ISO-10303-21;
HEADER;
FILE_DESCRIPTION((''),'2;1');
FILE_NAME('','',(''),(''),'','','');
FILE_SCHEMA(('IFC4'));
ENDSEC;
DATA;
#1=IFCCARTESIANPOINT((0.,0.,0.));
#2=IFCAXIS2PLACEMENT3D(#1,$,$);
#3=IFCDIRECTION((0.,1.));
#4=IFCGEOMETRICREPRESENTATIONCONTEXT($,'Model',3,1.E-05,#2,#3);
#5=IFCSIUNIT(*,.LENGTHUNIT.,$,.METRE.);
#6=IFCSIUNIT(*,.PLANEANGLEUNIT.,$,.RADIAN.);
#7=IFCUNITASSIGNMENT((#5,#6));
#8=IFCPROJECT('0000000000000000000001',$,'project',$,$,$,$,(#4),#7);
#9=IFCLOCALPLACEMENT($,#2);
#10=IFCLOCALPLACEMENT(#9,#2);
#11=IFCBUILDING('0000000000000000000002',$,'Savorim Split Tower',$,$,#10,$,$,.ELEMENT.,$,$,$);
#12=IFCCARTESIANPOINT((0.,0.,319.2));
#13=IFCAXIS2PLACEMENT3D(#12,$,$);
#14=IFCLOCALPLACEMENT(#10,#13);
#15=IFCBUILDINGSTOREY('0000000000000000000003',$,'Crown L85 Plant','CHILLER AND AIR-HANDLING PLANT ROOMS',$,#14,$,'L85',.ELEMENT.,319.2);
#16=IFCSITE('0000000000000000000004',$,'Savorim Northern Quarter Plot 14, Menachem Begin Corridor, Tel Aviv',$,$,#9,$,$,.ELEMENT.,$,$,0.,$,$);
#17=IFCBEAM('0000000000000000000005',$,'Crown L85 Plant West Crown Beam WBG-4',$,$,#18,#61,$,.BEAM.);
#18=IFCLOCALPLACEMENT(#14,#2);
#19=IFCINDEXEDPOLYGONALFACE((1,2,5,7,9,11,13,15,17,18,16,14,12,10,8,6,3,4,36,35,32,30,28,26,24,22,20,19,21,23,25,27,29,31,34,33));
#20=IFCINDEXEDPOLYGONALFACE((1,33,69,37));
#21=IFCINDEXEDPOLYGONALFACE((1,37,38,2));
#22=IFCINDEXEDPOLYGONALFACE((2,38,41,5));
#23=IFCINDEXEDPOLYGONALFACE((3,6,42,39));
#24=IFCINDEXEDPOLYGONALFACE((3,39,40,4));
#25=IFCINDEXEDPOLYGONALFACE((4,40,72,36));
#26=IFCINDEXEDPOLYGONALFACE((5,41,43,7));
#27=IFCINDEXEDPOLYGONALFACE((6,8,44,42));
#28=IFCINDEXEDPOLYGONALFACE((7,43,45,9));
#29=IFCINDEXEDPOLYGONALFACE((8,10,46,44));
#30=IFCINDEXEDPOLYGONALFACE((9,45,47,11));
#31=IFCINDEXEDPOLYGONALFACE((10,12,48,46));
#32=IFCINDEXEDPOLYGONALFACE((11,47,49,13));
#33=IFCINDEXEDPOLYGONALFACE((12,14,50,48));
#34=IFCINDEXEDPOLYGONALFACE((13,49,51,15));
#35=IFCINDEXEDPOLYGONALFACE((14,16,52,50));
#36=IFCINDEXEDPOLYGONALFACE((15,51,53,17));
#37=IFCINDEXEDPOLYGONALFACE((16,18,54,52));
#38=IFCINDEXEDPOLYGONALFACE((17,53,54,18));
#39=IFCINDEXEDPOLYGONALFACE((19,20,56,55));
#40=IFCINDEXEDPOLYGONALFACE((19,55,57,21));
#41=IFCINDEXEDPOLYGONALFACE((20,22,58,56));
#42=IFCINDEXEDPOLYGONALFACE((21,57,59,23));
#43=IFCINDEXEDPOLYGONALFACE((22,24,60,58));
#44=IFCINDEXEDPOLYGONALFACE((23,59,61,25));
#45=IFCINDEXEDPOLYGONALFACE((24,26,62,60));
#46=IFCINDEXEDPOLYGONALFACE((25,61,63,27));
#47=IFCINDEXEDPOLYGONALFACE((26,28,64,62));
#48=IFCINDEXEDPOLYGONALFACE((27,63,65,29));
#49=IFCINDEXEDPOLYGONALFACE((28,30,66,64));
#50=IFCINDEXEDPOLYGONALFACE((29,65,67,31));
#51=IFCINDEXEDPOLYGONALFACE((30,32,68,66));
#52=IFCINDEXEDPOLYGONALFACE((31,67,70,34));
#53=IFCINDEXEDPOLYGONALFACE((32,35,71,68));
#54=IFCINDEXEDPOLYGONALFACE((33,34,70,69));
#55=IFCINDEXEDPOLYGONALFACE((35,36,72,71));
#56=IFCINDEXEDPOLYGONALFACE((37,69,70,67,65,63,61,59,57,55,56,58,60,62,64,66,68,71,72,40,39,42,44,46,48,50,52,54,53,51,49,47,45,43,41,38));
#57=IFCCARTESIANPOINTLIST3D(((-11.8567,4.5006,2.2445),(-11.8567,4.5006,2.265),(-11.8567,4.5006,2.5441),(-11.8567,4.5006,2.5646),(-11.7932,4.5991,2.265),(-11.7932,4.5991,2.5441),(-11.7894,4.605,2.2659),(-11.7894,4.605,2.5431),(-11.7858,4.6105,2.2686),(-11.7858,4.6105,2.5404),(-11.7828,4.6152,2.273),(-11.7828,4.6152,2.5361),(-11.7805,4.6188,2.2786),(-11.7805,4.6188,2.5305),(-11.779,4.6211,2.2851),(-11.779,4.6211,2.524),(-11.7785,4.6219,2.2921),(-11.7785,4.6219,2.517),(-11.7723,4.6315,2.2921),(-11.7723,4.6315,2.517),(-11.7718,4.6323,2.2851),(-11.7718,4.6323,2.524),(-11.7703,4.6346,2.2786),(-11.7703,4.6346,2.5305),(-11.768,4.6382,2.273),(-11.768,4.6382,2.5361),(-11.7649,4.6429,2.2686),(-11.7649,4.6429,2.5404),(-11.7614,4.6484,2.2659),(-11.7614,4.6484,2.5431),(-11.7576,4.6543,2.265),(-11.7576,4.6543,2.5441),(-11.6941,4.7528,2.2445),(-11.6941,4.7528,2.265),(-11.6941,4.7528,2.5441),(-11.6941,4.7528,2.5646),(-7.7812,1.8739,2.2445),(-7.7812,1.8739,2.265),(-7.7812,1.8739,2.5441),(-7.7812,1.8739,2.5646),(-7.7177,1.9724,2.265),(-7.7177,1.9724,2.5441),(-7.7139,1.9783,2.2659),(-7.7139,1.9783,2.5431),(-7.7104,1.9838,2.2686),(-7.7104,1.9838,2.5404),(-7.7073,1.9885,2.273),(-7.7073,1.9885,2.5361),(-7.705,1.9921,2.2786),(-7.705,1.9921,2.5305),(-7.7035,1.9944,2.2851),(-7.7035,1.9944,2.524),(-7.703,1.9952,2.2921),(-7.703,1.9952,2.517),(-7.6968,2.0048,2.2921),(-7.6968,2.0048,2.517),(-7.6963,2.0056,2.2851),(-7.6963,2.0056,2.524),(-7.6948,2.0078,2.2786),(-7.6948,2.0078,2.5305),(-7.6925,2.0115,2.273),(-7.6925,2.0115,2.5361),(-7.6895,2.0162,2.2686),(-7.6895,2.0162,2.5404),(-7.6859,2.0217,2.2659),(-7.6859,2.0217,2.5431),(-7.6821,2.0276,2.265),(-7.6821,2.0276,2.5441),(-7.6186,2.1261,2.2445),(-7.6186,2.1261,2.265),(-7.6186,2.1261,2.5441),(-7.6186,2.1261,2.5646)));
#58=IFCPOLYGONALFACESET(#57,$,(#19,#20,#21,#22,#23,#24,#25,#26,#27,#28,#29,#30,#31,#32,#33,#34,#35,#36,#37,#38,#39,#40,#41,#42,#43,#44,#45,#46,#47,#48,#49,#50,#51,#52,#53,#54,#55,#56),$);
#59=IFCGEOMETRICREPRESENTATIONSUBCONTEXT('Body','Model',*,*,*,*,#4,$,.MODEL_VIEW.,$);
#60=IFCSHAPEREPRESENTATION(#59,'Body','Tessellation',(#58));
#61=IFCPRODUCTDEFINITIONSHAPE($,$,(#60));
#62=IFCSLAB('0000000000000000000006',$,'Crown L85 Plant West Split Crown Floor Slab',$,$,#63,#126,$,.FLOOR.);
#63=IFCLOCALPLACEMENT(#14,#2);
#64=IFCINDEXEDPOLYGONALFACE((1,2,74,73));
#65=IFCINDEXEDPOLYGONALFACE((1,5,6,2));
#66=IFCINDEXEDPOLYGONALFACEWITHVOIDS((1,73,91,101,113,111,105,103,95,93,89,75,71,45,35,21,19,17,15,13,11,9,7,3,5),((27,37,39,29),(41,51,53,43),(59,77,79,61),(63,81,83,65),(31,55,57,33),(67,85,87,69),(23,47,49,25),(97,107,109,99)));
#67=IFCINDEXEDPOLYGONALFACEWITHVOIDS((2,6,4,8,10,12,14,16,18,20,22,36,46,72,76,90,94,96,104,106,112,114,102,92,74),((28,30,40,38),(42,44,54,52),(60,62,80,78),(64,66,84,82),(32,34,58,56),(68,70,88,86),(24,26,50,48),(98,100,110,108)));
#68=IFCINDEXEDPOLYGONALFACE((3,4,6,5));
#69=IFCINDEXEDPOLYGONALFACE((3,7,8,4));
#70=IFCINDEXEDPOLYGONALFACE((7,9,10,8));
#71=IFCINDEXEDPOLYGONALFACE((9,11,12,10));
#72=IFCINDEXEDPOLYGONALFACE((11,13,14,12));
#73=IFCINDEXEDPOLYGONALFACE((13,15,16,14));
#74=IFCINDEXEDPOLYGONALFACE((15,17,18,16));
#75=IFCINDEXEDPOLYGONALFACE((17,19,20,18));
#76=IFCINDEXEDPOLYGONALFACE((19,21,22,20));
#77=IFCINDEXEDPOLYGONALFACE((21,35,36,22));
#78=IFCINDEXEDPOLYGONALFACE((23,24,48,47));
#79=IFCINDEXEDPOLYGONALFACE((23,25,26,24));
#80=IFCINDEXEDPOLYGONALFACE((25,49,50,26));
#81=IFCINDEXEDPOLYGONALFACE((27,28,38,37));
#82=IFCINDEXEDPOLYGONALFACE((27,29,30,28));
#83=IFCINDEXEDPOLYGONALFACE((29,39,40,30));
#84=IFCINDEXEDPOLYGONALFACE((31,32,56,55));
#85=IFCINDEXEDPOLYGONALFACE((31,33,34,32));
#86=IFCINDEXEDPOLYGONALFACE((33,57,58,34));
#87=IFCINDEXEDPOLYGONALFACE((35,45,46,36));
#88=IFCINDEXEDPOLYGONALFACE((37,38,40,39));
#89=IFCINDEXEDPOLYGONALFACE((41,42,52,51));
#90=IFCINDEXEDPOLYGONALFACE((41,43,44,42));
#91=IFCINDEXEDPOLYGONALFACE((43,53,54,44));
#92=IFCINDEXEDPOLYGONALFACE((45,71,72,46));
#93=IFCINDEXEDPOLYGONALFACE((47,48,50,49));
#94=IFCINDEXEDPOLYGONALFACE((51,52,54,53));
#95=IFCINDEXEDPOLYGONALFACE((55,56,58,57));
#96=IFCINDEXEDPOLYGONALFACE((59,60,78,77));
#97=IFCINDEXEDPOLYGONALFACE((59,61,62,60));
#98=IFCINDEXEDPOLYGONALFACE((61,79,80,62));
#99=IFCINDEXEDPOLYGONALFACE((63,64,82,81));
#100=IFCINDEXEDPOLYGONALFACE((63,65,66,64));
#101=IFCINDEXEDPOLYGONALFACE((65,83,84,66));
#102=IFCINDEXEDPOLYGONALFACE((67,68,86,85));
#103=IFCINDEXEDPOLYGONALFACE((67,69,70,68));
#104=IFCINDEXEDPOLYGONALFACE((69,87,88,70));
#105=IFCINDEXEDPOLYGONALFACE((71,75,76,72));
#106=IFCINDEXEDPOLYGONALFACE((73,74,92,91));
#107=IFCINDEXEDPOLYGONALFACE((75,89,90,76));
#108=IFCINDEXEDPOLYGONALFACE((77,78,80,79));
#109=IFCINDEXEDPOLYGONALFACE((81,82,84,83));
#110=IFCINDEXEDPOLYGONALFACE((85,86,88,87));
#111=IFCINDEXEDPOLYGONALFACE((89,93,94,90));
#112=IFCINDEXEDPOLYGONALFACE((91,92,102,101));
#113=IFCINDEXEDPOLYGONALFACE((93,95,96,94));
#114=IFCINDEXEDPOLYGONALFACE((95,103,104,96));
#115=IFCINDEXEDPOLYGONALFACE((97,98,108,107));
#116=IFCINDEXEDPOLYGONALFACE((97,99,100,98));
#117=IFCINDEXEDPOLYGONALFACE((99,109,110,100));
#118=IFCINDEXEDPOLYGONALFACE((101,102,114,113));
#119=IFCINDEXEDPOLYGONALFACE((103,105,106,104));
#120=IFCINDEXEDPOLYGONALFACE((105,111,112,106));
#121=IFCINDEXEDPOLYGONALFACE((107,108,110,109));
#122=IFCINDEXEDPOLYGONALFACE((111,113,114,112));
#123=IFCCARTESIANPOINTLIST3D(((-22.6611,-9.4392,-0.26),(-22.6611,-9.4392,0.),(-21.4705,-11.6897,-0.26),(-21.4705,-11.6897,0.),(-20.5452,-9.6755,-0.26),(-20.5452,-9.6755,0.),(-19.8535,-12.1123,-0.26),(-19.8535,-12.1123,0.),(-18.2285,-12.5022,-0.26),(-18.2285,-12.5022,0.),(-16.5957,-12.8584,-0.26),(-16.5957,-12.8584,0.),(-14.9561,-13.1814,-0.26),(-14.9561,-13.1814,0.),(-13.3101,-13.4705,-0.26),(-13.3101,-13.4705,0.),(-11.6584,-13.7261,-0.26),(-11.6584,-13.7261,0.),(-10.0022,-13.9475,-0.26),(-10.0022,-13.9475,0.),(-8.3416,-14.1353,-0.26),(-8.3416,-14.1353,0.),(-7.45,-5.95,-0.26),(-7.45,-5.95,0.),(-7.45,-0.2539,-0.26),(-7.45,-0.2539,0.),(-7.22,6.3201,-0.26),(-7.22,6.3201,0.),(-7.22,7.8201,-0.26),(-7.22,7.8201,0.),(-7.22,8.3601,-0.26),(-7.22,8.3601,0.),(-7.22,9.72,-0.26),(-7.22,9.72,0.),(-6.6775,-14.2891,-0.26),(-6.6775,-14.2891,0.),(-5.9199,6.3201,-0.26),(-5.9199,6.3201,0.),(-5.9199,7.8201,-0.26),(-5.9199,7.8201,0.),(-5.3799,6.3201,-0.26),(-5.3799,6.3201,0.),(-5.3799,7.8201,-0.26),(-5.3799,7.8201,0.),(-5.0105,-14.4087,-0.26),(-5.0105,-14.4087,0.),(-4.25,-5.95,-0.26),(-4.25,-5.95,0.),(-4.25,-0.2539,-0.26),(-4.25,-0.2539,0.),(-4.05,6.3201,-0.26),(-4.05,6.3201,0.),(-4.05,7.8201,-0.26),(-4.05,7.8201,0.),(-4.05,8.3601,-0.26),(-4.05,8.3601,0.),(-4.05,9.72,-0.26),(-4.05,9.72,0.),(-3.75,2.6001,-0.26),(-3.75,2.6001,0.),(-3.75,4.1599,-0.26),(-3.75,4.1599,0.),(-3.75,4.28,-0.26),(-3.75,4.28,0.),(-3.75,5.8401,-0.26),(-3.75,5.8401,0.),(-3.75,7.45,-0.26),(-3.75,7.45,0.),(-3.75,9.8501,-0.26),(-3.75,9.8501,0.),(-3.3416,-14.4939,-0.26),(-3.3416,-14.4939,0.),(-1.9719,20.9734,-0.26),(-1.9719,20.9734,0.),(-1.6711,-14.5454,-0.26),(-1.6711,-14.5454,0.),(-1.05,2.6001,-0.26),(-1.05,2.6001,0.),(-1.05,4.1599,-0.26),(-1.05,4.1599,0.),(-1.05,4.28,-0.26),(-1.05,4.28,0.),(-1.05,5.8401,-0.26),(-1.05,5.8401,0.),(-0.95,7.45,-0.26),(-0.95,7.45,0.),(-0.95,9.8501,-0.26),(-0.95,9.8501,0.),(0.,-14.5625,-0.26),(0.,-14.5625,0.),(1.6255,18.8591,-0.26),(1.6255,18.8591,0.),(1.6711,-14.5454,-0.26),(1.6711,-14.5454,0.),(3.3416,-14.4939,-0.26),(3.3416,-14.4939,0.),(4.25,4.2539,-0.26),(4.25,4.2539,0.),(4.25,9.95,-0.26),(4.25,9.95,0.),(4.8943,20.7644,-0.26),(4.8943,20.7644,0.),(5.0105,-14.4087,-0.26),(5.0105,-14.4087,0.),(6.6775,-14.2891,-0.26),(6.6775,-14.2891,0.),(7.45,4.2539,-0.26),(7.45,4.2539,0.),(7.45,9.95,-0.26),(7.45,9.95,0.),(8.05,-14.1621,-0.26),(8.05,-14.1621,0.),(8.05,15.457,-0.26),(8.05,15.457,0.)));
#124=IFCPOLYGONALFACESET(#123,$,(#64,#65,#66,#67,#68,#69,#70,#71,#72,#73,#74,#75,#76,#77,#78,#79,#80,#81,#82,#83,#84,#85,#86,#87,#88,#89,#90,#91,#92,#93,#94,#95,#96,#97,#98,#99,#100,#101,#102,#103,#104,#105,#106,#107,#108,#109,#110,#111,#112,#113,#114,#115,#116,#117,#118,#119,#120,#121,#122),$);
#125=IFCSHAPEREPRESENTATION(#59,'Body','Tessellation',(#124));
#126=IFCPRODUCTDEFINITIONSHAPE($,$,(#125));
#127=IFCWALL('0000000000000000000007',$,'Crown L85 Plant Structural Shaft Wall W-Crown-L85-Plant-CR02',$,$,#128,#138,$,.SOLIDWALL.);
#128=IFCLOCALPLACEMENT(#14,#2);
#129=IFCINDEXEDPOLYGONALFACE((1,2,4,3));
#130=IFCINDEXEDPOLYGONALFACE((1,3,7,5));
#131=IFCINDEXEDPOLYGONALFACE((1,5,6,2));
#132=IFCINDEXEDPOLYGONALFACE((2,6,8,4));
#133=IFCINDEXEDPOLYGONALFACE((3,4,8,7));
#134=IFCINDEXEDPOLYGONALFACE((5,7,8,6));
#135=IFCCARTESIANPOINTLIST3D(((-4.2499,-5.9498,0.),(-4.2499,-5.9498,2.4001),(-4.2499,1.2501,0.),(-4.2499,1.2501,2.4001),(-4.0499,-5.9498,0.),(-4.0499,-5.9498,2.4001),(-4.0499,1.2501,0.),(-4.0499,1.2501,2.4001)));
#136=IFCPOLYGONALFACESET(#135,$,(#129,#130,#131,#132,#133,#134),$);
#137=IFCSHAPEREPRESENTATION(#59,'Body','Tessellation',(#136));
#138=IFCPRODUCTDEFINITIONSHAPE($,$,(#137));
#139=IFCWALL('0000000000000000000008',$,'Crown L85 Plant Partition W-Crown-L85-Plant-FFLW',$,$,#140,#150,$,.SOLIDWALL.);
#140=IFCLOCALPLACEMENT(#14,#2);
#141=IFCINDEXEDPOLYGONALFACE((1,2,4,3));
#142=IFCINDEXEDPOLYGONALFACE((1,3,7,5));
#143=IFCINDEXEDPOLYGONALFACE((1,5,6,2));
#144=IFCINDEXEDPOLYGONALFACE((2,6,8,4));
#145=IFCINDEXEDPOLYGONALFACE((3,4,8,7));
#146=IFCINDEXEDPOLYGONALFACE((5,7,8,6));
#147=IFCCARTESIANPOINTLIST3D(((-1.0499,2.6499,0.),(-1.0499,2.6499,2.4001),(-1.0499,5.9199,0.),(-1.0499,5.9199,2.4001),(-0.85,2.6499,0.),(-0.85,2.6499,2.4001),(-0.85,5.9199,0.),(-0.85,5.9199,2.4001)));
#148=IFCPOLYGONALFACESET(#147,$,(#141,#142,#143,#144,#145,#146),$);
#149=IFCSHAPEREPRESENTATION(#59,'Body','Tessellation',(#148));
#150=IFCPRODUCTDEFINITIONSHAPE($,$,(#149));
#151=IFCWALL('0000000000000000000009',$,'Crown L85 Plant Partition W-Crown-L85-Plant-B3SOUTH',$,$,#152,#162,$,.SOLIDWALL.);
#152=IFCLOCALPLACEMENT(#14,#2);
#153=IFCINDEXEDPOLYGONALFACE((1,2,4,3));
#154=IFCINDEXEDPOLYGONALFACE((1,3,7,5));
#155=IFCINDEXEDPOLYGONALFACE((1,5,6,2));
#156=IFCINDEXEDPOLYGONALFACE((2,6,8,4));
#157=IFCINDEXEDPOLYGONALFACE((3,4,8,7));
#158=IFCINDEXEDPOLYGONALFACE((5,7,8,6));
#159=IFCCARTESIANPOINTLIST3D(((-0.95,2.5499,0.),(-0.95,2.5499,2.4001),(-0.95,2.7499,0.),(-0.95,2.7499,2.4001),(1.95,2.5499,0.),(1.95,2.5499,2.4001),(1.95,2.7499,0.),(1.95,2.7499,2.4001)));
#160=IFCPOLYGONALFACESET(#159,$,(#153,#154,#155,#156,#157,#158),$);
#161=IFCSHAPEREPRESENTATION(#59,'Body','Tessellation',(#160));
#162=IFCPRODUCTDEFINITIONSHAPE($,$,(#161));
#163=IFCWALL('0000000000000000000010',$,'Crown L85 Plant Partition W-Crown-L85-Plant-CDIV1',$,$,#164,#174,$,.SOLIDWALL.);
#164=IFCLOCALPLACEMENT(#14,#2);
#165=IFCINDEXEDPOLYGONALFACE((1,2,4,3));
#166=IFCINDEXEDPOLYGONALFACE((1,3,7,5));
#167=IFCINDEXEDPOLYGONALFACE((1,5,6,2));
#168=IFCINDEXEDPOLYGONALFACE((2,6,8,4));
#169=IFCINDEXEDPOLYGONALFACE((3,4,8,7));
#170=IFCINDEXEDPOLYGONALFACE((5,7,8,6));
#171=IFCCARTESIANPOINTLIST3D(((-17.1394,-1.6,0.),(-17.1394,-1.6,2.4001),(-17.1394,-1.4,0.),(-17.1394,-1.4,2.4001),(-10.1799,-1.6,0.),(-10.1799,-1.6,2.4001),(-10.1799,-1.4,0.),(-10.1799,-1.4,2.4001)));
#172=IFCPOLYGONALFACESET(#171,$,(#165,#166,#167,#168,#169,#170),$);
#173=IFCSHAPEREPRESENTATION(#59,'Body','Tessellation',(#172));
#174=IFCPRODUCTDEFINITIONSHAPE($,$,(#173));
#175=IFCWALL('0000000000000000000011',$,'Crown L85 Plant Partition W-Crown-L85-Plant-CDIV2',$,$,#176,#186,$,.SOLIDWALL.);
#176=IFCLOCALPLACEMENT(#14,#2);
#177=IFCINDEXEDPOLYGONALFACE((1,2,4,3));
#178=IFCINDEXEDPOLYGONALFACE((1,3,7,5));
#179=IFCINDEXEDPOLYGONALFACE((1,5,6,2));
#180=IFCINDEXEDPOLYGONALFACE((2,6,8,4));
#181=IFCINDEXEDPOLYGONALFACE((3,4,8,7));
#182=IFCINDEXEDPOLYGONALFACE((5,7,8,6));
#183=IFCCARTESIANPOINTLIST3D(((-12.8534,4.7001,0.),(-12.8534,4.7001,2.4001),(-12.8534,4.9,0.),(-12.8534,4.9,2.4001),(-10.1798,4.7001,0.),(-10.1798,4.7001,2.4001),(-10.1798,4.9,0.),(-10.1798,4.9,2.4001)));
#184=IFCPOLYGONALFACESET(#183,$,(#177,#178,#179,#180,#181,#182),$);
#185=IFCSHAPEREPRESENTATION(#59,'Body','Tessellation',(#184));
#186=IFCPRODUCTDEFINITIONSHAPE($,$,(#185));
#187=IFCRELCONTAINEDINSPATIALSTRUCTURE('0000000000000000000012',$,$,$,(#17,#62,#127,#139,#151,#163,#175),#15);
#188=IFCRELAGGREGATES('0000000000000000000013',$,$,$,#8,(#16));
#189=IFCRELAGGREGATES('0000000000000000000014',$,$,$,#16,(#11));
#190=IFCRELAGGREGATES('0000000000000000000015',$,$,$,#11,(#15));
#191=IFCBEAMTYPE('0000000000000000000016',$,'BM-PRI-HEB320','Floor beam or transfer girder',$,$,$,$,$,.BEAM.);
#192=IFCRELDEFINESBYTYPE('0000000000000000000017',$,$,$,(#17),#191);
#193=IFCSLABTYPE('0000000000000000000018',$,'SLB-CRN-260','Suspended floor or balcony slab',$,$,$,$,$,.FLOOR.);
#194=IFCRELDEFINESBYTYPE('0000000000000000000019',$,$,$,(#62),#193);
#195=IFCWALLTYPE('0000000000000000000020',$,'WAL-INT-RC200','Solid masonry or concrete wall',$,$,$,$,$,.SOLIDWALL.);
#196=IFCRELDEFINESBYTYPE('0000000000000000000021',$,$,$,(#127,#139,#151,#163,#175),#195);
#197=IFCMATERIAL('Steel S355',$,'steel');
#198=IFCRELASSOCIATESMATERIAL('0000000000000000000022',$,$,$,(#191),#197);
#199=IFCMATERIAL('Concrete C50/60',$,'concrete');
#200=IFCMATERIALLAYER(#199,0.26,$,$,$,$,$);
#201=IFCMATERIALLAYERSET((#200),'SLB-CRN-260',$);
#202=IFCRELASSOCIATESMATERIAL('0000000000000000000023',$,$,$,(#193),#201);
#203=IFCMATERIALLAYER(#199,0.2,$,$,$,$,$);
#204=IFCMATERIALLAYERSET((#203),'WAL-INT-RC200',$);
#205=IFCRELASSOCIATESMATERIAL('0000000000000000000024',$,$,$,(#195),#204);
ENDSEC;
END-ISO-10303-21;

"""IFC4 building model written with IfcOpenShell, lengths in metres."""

from ifc_helpers import new_model, si_unit, direction, frame, frame_2d, origin, origin_2d, place, context, subcontext, project, spatial, polyline, rectangle, i_section, outline, extrude, material, layer, layer_set, material_profile, profile_set, type_object, element, save


model = new_model("IFC4")

# Units and contexts
model_context = context("Model", 3, precision=1e-05, world=origin(), true_north=direction((0.0, 1.0)))
body_context = subcontext(model_context, "Body", "Model", "MODEL_VIEW")
ifc_project = project(units=[si_unit("LENGTHUNIT", "METRE"), si_unit("PLANEANGLEUNIT", "RADIAN")], contexts=[model_context])

# Site, building, storey
site_placement = place(None, origin())
site = spatial("IfcSite", under=ifc_project, at=site_placement, Name="Savorim Northern Quarter Plot 14, Menachem Begin Corridor, Tel Aviv", CompositionType="ELEMENT", RefElevation=0.0)
building_placement = place(site_placement, origin())
building = spatial("IfcBuilding", under=site, at=building_placement, Name="Savorim Split Tower", CompositionType="ELEMENT")
storey_placement = place(building_placement, frame((0.0, 0.0, 319.2)))
storey = spatial("IfcBuildingStorey", under=building, at=storey_placement, Name="Crown L85 Plant", Description="CHILLER AND AIR-HANDLING PLANT ROOMS", LongName="L85", CompositionType="ELEMENT", Elevation=319.2)

# Shared definitions
ifc_material_1 = material(Name="Steel S355", Category="steel")

# Beam
ifc_material_profile_1 = material_profile(ifc_material_1, i_section(OverallWidth=0.3, OverallDepth=0.3201, WebThickness=0.0115, FlangeThickness=0.0205, FilletRadius=0.0271, at=origin_2d()), Name="HEB 320")
ifc_profile_set_1 = profile_set([ifc_material_profile_1], Name="Steel S355")
beam_type = type_object("IfcBeamType", Name="BM-PRI-HEB320", Description="Floor beam or transfer girder", PredefinedType="BEAM", material=ifc_profile_set_1)
beam_1_placement = place(storey_placement, frame((-11.7754, 4.6267, 2.4045), z_axis=(0.840541, -0.541747, 0.0), x_axis=(0.541747, 0.840541, 0.0)))
element("IfcBeam", 1, at=beam_1_placement, inside=storey, type_object=beam_type, Name="Crown L85 Plant West Crown Beam WBG-4", PredefinedType="BEAM", context=body_context, shape_type="SweptSolid", body=[
    extrude(i_section(OverallWidth=0.3, OverallDepth=0.3201, WebThickness=0.0115, FlangeThickness=0.0205, FilletRadius=0.0271, at=origin_2d()), origin(), (0.0, 0.0, 1.0), 4.8486),
])

# Slab
ifc_material_2 = material(Name="Concrete C50/60", Category="concrete")
ifc_layer_1 = layer(ifc_material_2, 0.26)
ifc_layer_set_1 = layer_set([ifc_layer_1], Name="SLB-CRN-260")
slab_type = type_object("IfcSlabType", Name="SLB-CRN-260", Description="Suspended floor or balcony slab", PredefinedType="FLOOR", material=ifc_layer_set_1)
slab_placement = place(storey_placement, frame((0.0, 0.0, -0.26)))
element("IfcSlab", 2, at=slab_placement, inside=storey, type_object=slab_type, Name="Crown L85 Plant West Split Crown Floor Slab", PredefinedType="FLOOR", context=body_context, shape_type="SweptSolid", body=[
    extrude(outline(polyline([(8.05, -14.1621), (8.05, 15.457), (4.8943, 20.7644), (1.6255, 18.8591), (-1.9719, 20.9734), (-22.6611, -9.4392), (-20.5452, -9.6755), (-21.4705, -11.6897), (-19.8535, -12.1123), (-18.2285, -12.5022), (-16.5957, -12.8584), (-14.9561, -13.1814), (-13.3101, -13.4705), (-11.6584, -13.7261), (-10.0022, -13.9475), (-8.3416, -14.1353), (-6.6775, -14.2891), (-5.0105, -14.4087), (-3.3416, -14.4939), (-1.6711, -14.5454), (0.0, -14.5625), (1.6711, -14.5454), (3.3416, -14.4939), (5.0105, -14.4087), (6.6775, -14.2891), (8.05, -14.1621)]), holes=[polyline([(-7.45, -0.2539), (-7.45, -5.95), (-4.25, -5.95), (-4.25, -0.2539), (-7.45, -0.2539)]), polyline([(7.45, 4.2539), (7.45, 9.95), (4.25, 9.95), (4.25, 4.2539), (7.45, 4.2539)]), polyline([(-3.75, 2.6001), (-1.05, 2.6001), (-1.05, 4.1599), (-3.75, 4.1599), (-3.75, 2.6001)]), polyline([(-3.75, 4.28), (-1.05, 4.28), (-1.05, 5.8401), (-3.75, 5.8401), (-3.75, 4.28)]), polyline([(-3.75, 7.45), (-0.95, 7.45), (-0.95, 9.8501), (-3.75, 9.8501), (-3.75, 7.45)]), polyline([(-7.22, 6.3201), (-5.9199, 6.3201), (-5.9199, 7.8201), (-7.22, 7.8201), (-7.22, 6.3201)]), polyline([(-5.3799, 6.3201), (-4.05, 6.3201), (-4.05, 7.8201), (-5.3799, 7.8201), (-5.3799, 6.3201)]), polyline([(-7.22, 8.3601), (-4.05, 8.3601), (-4.05, 9.72), (-7.22, 9.72), (-7.22, 8.3601)])]), origin(), (0.0, 0.0, 1.0), 0.26),
])

# Shared definitions
ifc_layer_2 = layer(ifc_material_2, 0.2)
ifc_layer_set_2 = layer_set([ifc_layer_2], Name="WAL-INT-RC200")
wall_type_1 = type_object("IfcWallType", Name="WAL-INT-RC200", Description="Solid masonry or concrete wall", PredefinedType="SOLIDWALL", material=ifc_layer_set_2)

# Wall
wall_1_placement = place(storey_placement, frame((-4.1499, -5.95, 0.0), z_axis=(0.0, 0.0, 1.0), x_axis=(0.0, 1.0, 0.0)))
element("IfcWall", 3, at=wall_1_placement, inside=storey, type_object=wall_type_1, Name="Crown L85 Plant Structural Shaft Wall W-Crown-L85-Plant-CR02", PredefinedType="SOLIDWALL", context=body_context, shape_type="SweptSolid", body=[
    extrude(rectangle(XDim=7.2, YDim=0.2, at=frame_2d((3.6001, 0.0))), origin(), (0.0, 0.0, 1.0), 2.4001),
])

# Walls
wall_2_placement = place(storey_placement, frame((-0.95, 2.6499, 0.0), z_axis=(0.0, 0.0, 1.0), x_axis=(0.0, 1.0, 0.0)))
element("IfcWall", 4, at=wall_2_placement, inside=storey, type_object=wall_type_1, Name="Crown L85 Plant Partition W-Crown-L85-Plant-FFLW", PredefinedType="SOLIDWALL", context=body_context, shape_type="SweptSolid", body=[
    extrude(rectangle(XDim=3.27, YDim=0.2, at=frame_2d((1.635, 0.0))), origin(), (0.0, 0.0, 1.0), 2.4001),
])
wall_3_placement = place(storey_placement, frame((-0.95, 2.6499, 0.0), z_axis=(0.0, 0.0, 1.0), x_axis=(1.0, 0.0, 0.0)))
element("IfcWall", 5, at=wall_3_placement, inside=storey, type_object=wall_type_1, Name="Crown L85 Plant Partition W-Crown-L85-Plant-B3SOUTH", PredefinedType="SOLIDWALL", context=body_context, shape_type="SweptSolid", body=[
    extrude(rectangle(XDim=2.8999, YDim=0.2, at=frame_2d((1.45, 0.0))), origin(), (0.0, 0.0, 1.0), 2.4001),
])
wall_4_placement = place(storey_placement, frame((-17.1394, -1.5, 0.0), z_axis=(0.0, 0.0, 1.0), x_axis=(1.0, 0.0, 0.0)))
element("IfcWall", 6, at=wall_4_placement, inside=storey, type_object=wall_type_1, Name="Crown L85 Plant Partition W-Crown-L85-Plant-CDIV1", PredefinedType="SOLIDWALL", context=body_context, shape_type="SweptSolid", body=[
    extrude(rectangle(XDim=6.9595, YDim=0.2, at=frame_2d((3.4797, 0.0))), origin(), (0.0, 0.0, 1.0), 2.4001),
])
wall_5_placement = place(storey_placement, frame((-12.8535, 4.8, 0.0), z_axis=(0.0, 0.0, 1.0), x_axis=(1.0, 0.0, 0.0)))
element("IfcWall", 7, at=wall_5_placement, inside=storey, type_object=wall_type_1, Name="Crown L85 Plant Partition W-Crown-L85-Plant-CDIV2", PredefinedType="SOLIDWALL", context=body_context, shape_type="SweptSolid", body=[
    extrude(rectangle(XDim=2.6736, YDim=0.2, at=frame_2d((1.3369, 0.0))), origin(), (0.0, 0.0, 1.0), 2.4001),
])

save(model, "model.ifc")
